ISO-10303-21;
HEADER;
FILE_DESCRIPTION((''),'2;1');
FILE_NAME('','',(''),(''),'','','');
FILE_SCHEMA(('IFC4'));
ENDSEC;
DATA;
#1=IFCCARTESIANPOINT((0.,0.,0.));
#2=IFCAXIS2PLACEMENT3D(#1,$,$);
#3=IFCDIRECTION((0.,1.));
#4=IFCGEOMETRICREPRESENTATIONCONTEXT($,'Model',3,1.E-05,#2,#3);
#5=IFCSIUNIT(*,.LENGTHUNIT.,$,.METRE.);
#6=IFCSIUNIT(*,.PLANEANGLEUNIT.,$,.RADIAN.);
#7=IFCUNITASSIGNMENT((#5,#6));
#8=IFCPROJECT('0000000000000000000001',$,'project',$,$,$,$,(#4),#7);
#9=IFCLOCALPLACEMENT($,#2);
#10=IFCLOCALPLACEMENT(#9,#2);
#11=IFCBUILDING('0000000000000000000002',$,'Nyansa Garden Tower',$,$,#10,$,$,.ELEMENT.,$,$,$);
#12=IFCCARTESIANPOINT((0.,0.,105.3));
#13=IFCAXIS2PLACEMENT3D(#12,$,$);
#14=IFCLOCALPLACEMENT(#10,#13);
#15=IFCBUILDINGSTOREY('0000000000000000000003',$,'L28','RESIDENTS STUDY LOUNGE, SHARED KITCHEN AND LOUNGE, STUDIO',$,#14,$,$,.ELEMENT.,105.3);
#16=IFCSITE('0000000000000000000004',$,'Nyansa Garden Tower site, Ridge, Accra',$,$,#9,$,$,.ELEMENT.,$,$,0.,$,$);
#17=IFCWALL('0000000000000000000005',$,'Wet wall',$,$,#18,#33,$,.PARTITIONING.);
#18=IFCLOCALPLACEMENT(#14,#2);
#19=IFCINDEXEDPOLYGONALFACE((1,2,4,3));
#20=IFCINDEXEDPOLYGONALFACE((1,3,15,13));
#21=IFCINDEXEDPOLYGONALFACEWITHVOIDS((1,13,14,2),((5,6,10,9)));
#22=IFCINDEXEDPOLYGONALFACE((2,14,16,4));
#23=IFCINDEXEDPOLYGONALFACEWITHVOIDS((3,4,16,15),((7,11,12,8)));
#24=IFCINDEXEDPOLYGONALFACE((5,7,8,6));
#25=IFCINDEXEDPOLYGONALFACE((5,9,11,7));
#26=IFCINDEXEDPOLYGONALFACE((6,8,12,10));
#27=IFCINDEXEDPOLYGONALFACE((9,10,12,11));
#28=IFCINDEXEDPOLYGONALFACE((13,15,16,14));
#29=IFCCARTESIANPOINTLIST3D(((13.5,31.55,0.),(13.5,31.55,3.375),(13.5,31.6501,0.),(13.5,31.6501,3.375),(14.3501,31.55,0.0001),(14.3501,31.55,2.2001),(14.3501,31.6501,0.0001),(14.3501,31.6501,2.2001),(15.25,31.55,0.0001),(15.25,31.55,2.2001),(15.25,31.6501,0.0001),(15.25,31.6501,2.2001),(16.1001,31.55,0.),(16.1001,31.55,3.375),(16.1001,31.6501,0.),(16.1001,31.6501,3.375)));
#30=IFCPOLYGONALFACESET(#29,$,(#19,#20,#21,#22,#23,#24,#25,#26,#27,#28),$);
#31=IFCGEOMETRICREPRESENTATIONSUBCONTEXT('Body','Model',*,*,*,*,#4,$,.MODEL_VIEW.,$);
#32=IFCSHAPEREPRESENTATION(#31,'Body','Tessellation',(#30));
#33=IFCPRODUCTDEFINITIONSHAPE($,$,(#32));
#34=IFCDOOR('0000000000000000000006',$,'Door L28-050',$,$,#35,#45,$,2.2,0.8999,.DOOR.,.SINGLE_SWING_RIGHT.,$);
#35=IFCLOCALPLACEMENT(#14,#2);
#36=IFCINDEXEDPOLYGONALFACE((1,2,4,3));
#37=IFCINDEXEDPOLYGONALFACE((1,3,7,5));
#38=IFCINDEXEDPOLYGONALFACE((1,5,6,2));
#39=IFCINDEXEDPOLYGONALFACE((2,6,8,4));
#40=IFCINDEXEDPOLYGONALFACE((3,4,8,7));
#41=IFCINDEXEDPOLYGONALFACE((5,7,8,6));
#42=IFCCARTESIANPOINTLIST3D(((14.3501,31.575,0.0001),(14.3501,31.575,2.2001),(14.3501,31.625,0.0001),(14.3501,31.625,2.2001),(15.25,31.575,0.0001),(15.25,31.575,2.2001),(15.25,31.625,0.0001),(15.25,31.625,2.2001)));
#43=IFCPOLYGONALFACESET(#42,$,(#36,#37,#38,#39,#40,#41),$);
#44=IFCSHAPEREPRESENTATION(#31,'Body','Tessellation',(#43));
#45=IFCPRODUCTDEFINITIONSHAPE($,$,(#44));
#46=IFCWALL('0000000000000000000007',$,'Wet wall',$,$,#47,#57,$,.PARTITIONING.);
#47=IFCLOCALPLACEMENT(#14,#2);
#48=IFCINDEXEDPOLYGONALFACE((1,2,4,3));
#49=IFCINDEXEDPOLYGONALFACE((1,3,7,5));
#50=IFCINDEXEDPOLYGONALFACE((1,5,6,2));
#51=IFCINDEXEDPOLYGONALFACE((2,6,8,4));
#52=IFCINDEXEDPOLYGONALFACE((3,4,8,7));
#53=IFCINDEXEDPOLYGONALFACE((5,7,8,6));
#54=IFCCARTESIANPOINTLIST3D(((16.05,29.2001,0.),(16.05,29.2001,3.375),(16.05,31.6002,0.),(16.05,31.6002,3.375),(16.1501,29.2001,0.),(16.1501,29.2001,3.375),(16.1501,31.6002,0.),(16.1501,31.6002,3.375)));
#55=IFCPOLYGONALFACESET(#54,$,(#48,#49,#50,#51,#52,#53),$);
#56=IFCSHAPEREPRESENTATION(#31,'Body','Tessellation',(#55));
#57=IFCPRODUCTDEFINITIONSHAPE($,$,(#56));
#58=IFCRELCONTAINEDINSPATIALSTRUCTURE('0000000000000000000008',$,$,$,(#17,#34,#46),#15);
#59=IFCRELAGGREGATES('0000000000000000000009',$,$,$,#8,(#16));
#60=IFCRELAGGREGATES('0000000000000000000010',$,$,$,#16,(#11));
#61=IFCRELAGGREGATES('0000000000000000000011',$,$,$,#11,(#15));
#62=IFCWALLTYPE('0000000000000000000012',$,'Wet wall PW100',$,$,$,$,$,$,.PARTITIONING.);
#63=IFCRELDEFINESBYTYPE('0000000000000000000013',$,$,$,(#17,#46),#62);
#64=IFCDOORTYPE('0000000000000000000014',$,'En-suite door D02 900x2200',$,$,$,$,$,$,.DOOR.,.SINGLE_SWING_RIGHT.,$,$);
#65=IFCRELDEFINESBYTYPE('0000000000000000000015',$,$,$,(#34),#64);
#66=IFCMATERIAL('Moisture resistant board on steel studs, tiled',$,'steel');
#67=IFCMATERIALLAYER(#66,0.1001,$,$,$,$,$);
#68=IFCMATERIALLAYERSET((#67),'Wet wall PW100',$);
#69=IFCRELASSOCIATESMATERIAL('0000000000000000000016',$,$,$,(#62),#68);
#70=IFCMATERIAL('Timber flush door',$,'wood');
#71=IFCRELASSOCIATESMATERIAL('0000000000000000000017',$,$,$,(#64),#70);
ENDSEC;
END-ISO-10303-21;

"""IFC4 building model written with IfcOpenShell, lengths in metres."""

from ifc_helpers import new_model, si_unit, direction, frame, frame_2d, origin, place, context, subcontext, project, spatial, rectangle, extrude, material, layer, layer_set, type_object, element, fill, save


model = new_model("IFC4")

# Units and contexts
model_context = context("Model", 3, precision=1e-05, world=origin(), true_north=direction((0.0, 1.0)))
body_context = subcontext(model_context, "Body", "Model", "MODEL_VIEW")
ifc_project = project(units=[si_unit("LENGTHUNIT", "METRE"), si_unit("PLANEANGLEUNIT", "RADIAN")], contexts=[model_context])

# Site, building, storey
site_placement = place(None, origin())
site = spatial("IfcSite", under=ifc_project, at=site_placement, Name="Nyansa Garden Tower site, Ridge, Accra", CompositionType="ELEMENT", RefElevation=0.0)
building_placement = place(site_placement, origin())
building = spatial("IfcBuilding", under=site, at=building_placement, Name="Nyansa Garden Tower", CompositionType="ELEMENT")
storey_placement = place(building_placement, frame((0.0, 0.0, 105.3)))
storey = spatial("IfcBuildingStorey", under=building, at=storey_placement, Name="L28", Description="RESIDENTS STUDY LOUNGE, SHARED KITCHEN AND LOUNGE, STUDIO", CompositionType="ELEMENT", Elevation=105.3)

# Wall, opening, door
ifc_material_1 = material(Name="Moisture resistant board on steel studs, tiled", Category="steel")
ifc_layer_1 = layer(ifc_material_1, 0.1001)
ifc_layer_set_1 = layer_set([ifc_layer_1], Name="Wet wall PW100")
wall_type_1 = type_object("IfcWallType", Name="Wet wall PW100", PredefinedType="PARTITIONING", material=ifc_layer_set_1)
ifc_material_2 = material(Name="Timber flush door", Category="wood")
door_type_1 = type_object("IfcDoorType", Name="En-suite door D02 900x2200", OperationType="SINGLE_SWING_RIGHT", PredefinedType="DOOR", material=ifc_material_2)
wall_1_placement = place(storey_placement, frame((13.5, 31.6001, 0.0), z_axis=(0.0, 0.0, 1.0), x_axis=(1.0, 0.0, 0.0)))
wall_1 = element("IfcWall", 1, at=wall_1_placement, inside=storey, type_object=wall_type_1, Name="Wet wall", PredefinedType="PARTITIONING", context=body_context, shape_type="SweptSolid", body=[
    extrude(rectangle(XDim=2.6001, YDim=0.1001, at=frame_2d((1.3, 0.0))), origin(), (0.0, 0.0, 1.0), 3.375),
])
opening_1_placement = place(wall_1_placement, frame((0.8501, 0.0, 0.0)))
opening_1 = element("IfcOpeningElement", 2, at=opening_1_placement, cuts=wall_1, PredefinedType="OPENING", context=body_context, shape_type="SweptSolid", body=[
    extrude(rectangle(XDim=0.8999, YDim=2.2, at=frame_2d((0.45, 1.1001))), frame((0.0, 0.0601, 0.0), z_axis=(0.0, -1.0, 0.0), x_axis=(1.0, 0.0, 0.0)), (0.0, 0.0, 1.0), 0.1201),
])
door_1_placement = place(opening_1_placement, origin())
door_1 = element("IfcDoor", 3, at=door_1_placement, inside=storey, type_object=door_type_1, Name="Door L28-050", OperationType="SINGLE_SWING_RIGHT", OverallHeight=2.2, OverallWidth=0.8999, PredefinedType="DOOR", context=body_context, shape_type="SweptSolid", body=[
    extrude(rectangle(XDim=0.8999, YDim=2.2, at=frame_2d((0.45, 1.1001))), frame((0.0, 0.0249, 0.0), z_axis=(0.0, -1.0, 0.0), x_axis=(1.0, 0.0, 0.0)), (0.0, 0.0, 1.0), 0.05),
])
fill(opening_1, door_1)

# Wall
wall_2_placement = place(storey_placement, frame((16.1001, 29.2, 0.0), z_axis=(0.0, 0.0, 1.0), x_axis=(0.0, 1.0, 0.0)))
element("IfcWall", 4, at=wall_2_placement, inside=storey, type_object=wall_type_1, Name="Wet wall", PredefinedType="PARTITIONING", context=body_context, shape_type="SweptSolid", body=[
    extrude(rectangle(XDim=2.4001, YDim=0.1001, at=frame_2d((1.2002, 0.0))), origin(), (0.0, 0.0, 1.0), 3.375),
])

save(model, "model.ifc")
